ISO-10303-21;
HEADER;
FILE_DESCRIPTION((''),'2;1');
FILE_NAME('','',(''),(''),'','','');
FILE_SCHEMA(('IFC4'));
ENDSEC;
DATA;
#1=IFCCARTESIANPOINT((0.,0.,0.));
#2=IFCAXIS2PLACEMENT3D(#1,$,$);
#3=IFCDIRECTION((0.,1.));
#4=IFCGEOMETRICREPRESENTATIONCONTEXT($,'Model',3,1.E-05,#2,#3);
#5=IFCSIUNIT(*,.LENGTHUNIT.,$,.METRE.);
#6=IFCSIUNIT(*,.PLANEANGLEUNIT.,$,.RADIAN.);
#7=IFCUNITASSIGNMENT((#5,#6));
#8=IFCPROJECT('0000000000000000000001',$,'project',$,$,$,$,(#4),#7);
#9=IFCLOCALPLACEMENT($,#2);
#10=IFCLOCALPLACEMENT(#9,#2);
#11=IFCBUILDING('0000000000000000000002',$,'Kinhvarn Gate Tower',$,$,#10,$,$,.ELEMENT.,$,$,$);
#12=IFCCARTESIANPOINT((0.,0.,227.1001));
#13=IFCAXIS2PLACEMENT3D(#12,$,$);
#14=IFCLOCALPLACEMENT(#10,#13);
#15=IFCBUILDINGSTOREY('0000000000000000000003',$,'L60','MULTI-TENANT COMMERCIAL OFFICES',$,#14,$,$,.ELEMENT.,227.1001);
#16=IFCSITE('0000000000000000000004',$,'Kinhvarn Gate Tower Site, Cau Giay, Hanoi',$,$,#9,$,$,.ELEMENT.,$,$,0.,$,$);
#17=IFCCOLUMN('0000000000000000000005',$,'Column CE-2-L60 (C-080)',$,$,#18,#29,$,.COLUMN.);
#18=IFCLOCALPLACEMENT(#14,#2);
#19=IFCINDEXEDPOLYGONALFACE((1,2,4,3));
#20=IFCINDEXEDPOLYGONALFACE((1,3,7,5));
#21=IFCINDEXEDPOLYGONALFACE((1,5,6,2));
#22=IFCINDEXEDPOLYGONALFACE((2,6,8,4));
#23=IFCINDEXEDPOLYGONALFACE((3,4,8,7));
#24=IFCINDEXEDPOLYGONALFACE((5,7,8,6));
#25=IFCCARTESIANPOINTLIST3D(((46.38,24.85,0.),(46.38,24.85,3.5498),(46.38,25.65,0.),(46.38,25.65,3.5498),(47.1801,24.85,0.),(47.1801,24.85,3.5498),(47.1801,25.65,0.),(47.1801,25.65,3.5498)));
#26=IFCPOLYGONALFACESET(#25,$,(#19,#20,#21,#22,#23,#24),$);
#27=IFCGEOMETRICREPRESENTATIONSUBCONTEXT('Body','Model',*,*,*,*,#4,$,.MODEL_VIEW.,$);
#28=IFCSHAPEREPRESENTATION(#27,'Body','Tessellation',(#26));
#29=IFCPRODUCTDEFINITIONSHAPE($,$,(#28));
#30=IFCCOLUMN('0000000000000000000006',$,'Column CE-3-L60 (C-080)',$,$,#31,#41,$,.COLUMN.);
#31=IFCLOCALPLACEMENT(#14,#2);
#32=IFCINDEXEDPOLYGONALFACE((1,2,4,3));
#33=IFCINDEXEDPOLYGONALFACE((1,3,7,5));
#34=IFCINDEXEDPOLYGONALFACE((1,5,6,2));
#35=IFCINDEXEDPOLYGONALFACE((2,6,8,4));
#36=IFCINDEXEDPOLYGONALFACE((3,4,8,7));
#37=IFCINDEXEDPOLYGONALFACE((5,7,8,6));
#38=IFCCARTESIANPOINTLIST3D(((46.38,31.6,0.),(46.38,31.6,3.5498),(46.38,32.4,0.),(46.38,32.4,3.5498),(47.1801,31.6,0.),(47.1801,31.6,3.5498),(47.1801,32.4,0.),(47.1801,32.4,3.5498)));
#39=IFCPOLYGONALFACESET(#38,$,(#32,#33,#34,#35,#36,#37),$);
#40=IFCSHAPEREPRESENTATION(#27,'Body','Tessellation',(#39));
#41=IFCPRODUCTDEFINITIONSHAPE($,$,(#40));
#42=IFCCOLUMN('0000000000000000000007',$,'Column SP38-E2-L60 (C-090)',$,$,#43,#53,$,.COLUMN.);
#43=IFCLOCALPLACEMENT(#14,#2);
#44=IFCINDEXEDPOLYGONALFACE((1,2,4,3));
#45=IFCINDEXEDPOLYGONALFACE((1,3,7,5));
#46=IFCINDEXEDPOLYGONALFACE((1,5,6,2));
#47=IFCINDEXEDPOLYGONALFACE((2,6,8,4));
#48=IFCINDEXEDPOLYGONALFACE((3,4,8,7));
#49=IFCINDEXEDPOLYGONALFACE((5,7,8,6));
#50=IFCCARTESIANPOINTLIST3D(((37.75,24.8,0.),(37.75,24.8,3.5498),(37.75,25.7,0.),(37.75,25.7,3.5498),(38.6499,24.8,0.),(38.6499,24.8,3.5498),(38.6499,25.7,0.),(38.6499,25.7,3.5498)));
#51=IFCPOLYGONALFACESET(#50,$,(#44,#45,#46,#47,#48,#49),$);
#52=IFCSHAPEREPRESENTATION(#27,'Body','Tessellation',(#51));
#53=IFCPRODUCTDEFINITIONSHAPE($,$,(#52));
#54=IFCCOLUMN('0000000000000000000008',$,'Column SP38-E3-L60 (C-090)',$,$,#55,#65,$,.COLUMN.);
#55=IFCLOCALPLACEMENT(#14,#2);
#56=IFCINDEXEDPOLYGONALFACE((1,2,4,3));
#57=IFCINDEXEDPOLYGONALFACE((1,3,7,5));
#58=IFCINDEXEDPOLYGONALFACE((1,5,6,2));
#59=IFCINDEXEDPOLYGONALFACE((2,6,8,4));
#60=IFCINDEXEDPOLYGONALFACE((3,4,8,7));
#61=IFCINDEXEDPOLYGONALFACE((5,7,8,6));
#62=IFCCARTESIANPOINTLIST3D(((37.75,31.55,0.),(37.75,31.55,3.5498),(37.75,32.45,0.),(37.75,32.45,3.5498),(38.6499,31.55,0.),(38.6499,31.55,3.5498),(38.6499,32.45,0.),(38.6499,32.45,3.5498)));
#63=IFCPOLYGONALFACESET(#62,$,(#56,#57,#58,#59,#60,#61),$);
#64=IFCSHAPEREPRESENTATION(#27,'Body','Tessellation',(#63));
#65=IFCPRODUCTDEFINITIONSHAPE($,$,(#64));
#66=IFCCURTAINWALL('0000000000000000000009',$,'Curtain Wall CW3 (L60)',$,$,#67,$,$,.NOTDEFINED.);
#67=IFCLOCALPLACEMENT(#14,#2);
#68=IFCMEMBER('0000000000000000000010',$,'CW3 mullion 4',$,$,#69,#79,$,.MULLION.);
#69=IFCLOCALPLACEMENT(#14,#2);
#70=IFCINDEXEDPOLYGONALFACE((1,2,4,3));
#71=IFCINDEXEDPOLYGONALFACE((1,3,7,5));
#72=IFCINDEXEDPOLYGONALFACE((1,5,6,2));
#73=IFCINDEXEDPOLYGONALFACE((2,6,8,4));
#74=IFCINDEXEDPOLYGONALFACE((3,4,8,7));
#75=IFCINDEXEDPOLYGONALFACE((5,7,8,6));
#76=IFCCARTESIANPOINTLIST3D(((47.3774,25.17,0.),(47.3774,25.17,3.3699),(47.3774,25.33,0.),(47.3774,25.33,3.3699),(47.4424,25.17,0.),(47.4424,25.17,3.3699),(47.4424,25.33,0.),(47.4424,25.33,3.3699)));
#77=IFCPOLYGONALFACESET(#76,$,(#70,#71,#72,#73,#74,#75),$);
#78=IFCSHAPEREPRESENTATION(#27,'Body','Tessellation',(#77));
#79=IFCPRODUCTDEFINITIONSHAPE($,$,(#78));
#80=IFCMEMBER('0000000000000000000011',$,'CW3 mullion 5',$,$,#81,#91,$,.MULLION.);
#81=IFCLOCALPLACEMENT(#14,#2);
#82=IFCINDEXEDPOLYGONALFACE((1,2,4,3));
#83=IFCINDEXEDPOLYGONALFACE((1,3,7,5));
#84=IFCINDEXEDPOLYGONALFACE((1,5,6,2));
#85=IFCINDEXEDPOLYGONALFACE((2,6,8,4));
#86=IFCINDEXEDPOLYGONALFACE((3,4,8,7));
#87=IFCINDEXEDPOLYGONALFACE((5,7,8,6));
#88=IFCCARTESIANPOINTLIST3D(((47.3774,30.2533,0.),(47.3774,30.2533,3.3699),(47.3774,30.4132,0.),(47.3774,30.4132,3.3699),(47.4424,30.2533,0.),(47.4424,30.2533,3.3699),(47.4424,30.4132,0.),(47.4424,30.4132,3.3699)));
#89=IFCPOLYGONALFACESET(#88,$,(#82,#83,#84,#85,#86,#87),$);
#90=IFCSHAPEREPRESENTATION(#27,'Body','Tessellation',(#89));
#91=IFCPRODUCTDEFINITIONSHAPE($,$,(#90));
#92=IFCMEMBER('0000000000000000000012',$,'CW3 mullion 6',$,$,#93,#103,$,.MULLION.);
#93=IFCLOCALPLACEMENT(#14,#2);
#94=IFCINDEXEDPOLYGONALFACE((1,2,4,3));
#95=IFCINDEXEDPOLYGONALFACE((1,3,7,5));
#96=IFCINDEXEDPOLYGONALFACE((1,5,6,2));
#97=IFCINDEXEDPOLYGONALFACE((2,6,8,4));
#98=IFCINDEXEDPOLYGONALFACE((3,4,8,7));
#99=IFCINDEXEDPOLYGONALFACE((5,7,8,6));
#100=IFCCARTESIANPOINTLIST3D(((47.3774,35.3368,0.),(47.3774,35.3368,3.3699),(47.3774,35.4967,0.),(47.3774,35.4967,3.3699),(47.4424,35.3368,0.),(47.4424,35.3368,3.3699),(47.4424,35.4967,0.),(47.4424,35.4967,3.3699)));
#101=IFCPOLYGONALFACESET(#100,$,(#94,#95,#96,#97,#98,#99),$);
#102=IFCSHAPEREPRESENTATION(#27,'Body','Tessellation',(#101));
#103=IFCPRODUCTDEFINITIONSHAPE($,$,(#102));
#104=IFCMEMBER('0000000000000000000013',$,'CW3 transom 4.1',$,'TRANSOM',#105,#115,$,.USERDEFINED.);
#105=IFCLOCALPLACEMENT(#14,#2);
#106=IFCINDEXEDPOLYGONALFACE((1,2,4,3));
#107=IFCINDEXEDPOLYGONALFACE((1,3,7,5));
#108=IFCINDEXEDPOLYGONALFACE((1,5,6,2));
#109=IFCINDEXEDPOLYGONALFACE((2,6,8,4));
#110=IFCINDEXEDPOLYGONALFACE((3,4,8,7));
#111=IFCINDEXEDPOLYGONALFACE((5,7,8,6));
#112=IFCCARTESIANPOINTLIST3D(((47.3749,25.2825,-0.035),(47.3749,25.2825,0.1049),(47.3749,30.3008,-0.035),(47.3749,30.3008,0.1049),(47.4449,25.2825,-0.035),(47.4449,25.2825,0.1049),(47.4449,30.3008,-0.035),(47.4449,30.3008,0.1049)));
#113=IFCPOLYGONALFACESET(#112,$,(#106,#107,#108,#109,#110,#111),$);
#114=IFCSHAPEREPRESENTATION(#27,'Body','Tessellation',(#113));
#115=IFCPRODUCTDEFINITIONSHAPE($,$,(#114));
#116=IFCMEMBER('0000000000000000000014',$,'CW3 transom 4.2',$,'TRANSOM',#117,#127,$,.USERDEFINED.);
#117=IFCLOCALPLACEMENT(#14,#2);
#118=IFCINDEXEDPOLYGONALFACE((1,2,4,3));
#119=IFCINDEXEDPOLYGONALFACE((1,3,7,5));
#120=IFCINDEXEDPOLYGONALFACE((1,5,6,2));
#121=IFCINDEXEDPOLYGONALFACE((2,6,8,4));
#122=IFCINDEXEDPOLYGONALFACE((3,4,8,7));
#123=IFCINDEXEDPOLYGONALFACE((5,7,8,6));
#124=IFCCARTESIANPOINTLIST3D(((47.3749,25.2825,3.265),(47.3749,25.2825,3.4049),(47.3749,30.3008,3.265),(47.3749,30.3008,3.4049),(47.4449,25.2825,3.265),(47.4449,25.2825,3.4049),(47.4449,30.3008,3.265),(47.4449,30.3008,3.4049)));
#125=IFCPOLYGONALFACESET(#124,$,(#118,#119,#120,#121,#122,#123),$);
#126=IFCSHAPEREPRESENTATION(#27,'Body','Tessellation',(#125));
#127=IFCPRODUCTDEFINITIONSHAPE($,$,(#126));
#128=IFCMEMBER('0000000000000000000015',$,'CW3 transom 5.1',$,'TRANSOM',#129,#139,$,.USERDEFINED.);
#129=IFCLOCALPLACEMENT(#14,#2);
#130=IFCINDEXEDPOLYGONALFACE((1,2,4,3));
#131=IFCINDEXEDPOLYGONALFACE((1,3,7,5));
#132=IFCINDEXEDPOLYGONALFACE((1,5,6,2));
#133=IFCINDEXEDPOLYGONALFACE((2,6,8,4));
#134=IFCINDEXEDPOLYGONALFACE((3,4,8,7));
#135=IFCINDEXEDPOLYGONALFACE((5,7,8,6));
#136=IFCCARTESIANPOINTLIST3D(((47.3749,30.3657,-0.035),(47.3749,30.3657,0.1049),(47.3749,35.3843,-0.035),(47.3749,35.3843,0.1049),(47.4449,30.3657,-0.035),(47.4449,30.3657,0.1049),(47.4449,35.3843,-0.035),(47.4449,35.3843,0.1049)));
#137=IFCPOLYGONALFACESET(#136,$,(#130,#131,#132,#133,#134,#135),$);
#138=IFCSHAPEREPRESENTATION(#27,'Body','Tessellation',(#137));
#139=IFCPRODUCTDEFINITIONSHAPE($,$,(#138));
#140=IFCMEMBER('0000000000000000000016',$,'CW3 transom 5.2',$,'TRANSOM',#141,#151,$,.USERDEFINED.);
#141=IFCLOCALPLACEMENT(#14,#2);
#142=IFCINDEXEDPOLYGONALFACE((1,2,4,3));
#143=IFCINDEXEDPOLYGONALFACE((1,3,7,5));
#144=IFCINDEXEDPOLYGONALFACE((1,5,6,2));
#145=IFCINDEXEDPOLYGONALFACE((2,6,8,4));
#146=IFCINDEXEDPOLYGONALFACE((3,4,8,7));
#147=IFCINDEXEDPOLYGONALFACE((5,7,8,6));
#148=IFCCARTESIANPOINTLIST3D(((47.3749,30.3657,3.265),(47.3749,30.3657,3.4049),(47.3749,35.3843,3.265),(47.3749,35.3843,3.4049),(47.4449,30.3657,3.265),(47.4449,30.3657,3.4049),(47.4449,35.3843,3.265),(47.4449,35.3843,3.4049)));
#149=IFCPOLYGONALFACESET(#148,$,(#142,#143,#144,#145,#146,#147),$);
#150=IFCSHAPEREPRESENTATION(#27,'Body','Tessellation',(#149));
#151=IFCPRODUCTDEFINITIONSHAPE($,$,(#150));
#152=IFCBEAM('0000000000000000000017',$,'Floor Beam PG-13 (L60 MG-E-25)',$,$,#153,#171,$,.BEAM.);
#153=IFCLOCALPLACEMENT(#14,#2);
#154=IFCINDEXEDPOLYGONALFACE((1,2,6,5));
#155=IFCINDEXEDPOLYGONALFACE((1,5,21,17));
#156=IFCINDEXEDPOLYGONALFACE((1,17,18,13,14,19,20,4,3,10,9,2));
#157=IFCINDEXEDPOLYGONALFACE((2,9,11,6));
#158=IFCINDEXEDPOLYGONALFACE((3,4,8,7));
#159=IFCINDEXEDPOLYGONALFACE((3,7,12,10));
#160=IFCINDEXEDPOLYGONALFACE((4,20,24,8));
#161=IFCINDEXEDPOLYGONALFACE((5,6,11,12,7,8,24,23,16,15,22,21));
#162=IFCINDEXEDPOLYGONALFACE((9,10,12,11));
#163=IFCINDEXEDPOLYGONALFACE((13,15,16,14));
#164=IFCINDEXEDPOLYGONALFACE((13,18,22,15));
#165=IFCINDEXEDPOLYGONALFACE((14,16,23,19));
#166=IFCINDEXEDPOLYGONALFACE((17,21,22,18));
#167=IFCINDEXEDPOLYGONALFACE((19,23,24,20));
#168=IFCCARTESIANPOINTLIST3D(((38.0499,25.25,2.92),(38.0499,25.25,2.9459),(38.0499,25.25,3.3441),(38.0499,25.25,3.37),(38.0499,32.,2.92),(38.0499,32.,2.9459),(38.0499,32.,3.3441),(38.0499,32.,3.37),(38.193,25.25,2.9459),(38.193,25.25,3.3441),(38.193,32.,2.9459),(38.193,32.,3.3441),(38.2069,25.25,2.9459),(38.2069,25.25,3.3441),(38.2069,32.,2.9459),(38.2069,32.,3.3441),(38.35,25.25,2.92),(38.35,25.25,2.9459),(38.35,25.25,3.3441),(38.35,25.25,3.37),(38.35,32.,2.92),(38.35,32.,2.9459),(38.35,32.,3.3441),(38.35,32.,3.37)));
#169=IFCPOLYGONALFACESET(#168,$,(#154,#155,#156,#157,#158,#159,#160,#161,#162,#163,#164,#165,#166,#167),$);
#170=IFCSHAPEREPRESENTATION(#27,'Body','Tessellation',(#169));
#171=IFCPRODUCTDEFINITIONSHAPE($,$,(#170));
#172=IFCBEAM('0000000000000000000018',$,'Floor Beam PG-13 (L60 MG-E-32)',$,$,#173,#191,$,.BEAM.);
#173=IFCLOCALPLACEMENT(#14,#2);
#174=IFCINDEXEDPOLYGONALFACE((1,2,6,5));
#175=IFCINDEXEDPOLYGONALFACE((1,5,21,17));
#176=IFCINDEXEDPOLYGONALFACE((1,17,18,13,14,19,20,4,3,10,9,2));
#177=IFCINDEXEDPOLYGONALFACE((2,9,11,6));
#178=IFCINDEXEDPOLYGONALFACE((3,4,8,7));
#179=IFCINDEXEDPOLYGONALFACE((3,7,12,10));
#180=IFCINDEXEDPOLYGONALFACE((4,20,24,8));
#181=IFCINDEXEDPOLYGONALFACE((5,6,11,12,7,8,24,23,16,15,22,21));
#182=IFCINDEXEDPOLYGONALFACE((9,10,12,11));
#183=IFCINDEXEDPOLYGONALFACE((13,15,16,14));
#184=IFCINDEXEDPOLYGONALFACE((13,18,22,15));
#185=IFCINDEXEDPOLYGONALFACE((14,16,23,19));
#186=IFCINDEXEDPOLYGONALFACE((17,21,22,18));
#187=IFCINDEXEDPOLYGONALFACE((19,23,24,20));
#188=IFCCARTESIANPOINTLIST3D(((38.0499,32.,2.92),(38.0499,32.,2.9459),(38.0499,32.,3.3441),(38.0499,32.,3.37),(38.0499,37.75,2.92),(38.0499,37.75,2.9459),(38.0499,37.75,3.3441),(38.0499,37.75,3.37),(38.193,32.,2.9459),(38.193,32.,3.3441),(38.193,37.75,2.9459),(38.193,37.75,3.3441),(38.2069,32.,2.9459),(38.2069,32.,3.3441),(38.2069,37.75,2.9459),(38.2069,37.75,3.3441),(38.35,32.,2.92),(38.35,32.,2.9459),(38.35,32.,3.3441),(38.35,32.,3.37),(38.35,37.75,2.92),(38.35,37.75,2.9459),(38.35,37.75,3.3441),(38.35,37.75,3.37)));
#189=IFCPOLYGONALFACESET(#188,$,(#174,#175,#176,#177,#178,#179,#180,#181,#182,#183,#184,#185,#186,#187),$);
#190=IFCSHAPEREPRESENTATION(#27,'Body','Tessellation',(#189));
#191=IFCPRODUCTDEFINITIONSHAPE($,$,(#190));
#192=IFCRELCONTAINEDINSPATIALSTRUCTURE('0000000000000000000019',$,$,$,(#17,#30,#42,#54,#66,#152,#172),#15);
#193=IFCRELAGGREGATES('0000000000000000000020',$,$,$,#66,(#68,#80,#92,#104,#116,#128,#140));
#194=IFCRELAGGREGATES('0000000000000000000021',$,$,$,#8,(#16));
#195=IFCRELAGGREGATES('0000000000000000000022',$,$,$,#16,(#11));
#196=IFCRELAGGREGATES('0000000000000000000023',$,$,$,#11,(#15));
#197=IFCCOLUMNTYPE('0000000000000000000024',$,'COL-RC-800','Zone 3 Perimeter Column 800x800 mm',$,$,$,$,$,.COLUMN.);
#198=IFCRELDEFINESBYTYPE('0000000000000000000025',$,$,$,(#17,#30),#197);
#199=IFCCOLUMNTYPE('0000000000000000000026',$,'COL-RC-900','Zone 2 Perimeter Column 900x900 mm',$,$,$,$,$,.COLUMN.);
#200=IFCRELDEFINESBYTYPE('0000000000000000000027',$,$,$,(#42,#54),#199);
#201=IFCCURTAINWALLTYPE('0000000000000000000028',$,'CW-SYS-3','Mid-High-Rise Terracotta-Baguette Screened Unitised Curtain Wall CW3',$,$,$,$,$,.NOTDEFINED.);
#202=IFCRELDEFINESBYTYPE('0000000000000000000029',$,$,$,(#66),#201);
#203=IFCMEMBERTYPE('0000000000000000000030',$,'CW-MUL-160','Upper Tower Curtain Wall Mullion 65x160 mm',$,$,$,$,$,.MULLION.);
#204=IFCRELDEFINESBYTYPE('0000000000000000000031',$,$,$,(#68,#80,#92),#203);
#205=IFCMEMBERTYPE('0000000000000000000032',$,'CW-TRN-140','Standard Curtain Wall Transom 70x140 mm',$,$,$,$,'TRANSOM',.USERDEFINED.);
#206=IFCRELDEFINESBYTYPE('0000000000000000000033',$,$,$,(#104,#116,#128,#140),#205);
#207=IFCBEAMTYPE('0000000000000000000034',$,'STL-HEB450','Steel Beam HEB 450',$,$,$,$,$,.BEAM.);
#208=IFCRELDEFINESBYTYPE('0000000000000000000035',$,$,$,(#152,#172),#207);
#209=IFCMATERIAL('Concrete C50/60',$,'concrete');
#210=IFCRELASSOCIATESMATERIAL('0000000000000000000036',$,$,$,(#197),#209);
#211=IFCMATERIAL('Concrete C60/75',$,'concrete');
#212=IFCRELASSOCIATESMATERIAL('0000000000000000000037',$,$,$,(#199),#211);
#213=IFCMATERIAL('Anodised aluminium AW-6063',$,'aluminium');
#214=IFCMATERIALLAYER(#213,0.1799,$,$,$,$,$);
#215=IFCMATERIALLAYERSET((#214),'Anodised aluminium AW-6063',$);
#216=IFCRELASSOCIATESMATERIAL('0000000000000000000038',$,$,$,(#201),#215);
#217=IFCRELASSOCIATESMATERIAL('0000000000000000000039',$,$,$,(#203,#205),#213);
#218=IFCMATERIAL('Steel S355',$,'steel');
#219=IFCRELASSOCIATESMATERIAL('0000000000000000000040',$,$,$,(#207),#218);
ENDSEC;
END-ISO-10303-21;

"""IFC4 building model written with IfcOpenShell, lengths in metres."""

from ifc_helpers import new_model, si_unit, direction, frame, origin, origin_2d, place, context, subcontext, project, spatial, rectangle, i_section, extrude, material, layer, layer_set, material_profile, profile_set, type_object, element, aggregate, save


model = new_model("IFC4")

# Units and contexts
model_context = context("Model", 3, precision=1e-05, world=origin(), true_north=direction((0.0, 1.0)))
body_context = subcontext(model_context, "Body", "Model", "MODEL_VIEW")
ifc_project = project(units=[si_unit("LENGTHUNIT", "METRE"), si_unit("PLANEANGLEUNIT", "RADIAN")], contexts=[model_context])

# Site, building, storey
site_placement = place(None, origin())
site = spatial("IfcSite", under=ifc_project, at=site_placement, Name="Kinhvarn Gate Tower Site, Cau Giay, Hanoi", CompositionType="ELEMENT", RefElevation=0.0)
building_placement = place(site_placement, origin())
building = spatial("IfcBuilding", under=site, at=building_placement, Name="Kinhvarn Gate Tower", CompositionType="ELEMENT")
storey_placement = place(building_placement, frame((0.0, 0.0, 227.1001)))
storey = spatial("IfcBuildingStorey", under=building, at=storey_placement, Name="L60", Description="MULTI-TENANT COMMERCIAL OFFICES", CompositionType="ELEMENT", Elevation=227.1001)

# Columns
ifc_material_1 = material(Name="Concrete C50/60", Category="concrete")
ifc_material_profile_1 = material_profile(ifc_material_1, rectangle(XDim=0.8, YDim=0.8, at=origin_2d()), Name="RC 800x800")
ifc_profile_set_1 = profile_set([ifc_material_profile_1], Name="Concrete C50/60")
column_type_1 = type_object("IfcColumnType", Name="COL-RC-800", Description="Zone 3 Perimeter Column 800x800 mm", PredefinedType="COLUMN", material=ifc_profile_set_1)
for number, where, z_axis, x_axis, name in (
    (1, (46.78, 25.25, 0.0), (0.0, 0.0, 1.0), (1.0, 0.0, 0.0), "Column CE-2-L60 (C-080)"),
    (2, (46.78, 32.0, 0.0), (0.0, 0.0, 1.0), (1.0, 0.0, 0.0), "Column CE-3-L60 (C-080)"),
):
    element("IfcColumn", number, at=place(storey_placement, frame(where, z_axis=z_axis, x_axis=x_axis)), inside=storey, type_object=column_type_1, Name=name, PredefinedType="COLUMN", context=body_context, shape_type="SweptSolid", body=[
        extrude(rectangle(XDim=0.8, YDim=0.8, at=origin_2d()), origin(), (0.0, 0.0, 1.0), 3.5498),
    ])
ifc_material_2 = material(Name="Concrete C60/75", Category="concrete")
ifc_material_profile_2 = material_profile(ifc_material_2, rectangle(XDim=0.8999, YDim=0.8999, at=origin_2d()), Name="RC 900x900")
ifc_profile_set_2 = profile_set([ifc_material_profile_2], Name="Concrete C60/75")
column_type_2 = type_object("IfcColumnType", Name="COL-RC-900", Description="Zone 2 Perimeter Column 900x900 mm", PredefinedType="COLUMN", material=ifc_profile_set_2)
for number, where, z_axis, x_axis, name in (
    (3, (38.2, 25.25, 0.0), (0.0, 0.0, 1.0), (1.0, 0.0, 0.0), "Column SP38-E2-L60 (C-090)"),
    (4, (38.2, 32.0, 0.0), (0.0, 0.0, 1.0), (1.0, 0.0, 0.0), "Column SP38-E3-L60 (C-090)"),
):
    element("IfcColumn", number, at=place(storey_placement, frame(where, z_axis=z_axis, x_axis=x_axis)), inside=storey, type_object=column_type_2, Name=name, PredefinedType="COLUMN", context=body_context, shape_type="SweptSolid", body=[
        extrude(rectangle(XDim=0.8999, YDim=0.8999, at=origin_2d()), origin(), (0.0, 0.0, 1.0), 3.5498),
    ])

# Curtain wall, members
ifc_material_3 = material(Name="Anodised aluminium AW-6063", Category="aluminium")
ifc_layer_1 = layer(ifc_material_3, 0.1799)
ifc_layer_set_1 = layer_set([ifc_layer_1], Name="Anodised aluminium AW-6063")
curtain_wall_type = type_object("IfcCurtainWallType", Name="CW-SYS-3", Description="Mid-High-Rise Terracotta-Baguette Screened Unitised Curtain Wall CW3", PredefinedType="NOTDEFINED", material=ifc_layer_set_1)
curtain_wall_placement = place(storey_placement, origin())
curtain_wall = element("IfcCurtainWall", 5, at=curtain_wall_placement, inside=storey, type_object=curtain_wall_type, Name="Curtain Wall CW3 (L60)", PredefinedType="NOTDEFINED")
ifc_material_profile_3 = material_profile(ifc_material_3, rectangle(XDim=0.0649, YDim=0.1599, at=origin_2d()), Name="ALU 65x160")
ifc_profile_set_3 = profile_set([ifc_material_profile_3], Name="Anodised aluminium AW-6063")
member_type_1 = type_object("IfcMemberType", Name="CW-MUL-160", Description="Upper Tower Curtain Wall Mullion 65x160 mm", PredefinedType="MULLION", material=ifc_profile_set_3)
member_1_placement = place(storey_placement, frame((47.4099, 25.25, 0.0), z_axis=(0.0, 0.0, 1.0), x_axis=(-1.0, 0.0, 0.0)))
member_1 = element("IfcMember", 6, at=member_1_placement, type_object=member_type_1, Name="CW3 mullion 4", PredefinedType="MULLION", context=body_context, shape_type="SweptSolid", body=[
    extrude(rectangle(XDim=0.0649, YDim=0.1599, at=origin_2d()), origin(), (0.0, 0.0, 1.0), 3.3699),
])
member_2_placement = place(storey_placement, frame((47.4099, 30.3333, 0.0), z_axis=(0.0, 0.0, 1.0), x_axis=(-1.0, 0.0, 0.0)))
member_2 = element("IfcMember", 7, at=member_2_placement, type_object=member_type_1, Name="CW3 mullion 5", PredefinedType="MULLION", context=body_context, shape_type="SweptSolid", body=[
    extrude(rectangle(XDim=0.0649, YDim=0.1599, at=origin_2d()), origin(), (0.0, 0.0, 1.0), 3.3699),
])
member_3_placement = place(storey_placement, frame((47.4099, 35.4167, 0.0), z_axis=(0.0, 0.0, 1.0), x_axis=(-1.0, 0.0, 0.0)))
member_3 = element("IfcMember", 8, at=member_3_placement, type_object=member_type_1, Name="CW3 mullion 6", PredefinedType="MULLION", context=body_context, shape_type="SweptSolid", body=[
    extrude(rectangle(XDim=0.0649, YDim=0.1599, at=origin_2d()), origin(), (0.0, 0.0, 1.0), 3.3699),
])
ifc_material_profile_4 = material_profile(ifc_material_3, rectangle(XDim=0.0701, YDim=0.1399, at=origin_2d()), Name="ALU 70x140")
ifc_profile_set_4 = profile_set([ifc_material_profile_4], Name="Anodised aluminium AW-6063")
member_type_2 = type_object("IfcMemberType", Name="CW-TRN-140", Description="Standard Curtain Wall Transom 70x140 mm", ElementType="TRANSOM", PredefinedType="USERDEFINED", material=ifc_profile_set_4)
member_4_placement = place(storey_placement, frame((47.4099, 25.2825, 0.0349), z_axis=(0.0, 1.0, 0.0), x_axis=(-1.0, 0.0, 0.0)))
member_4 = element("IfcMember", 9, at=member_4_placement, type_object=member_type_2, Name="CW3 transom 4.1", ObjectType="TRANSOM", PredefinedType="USERDEFINED", context=body_context, shape_type="SweptSolid", body=[
    extrude(rectangle(XDim=0.0701, YDim=0.1399, at=origin_2d()), origin(), (0.0, 0.0, 1.0), 5.0183),
])
member_5_placement = place(storey_placement, frame((47.4099, 25.2825, 3.335), z_axis=(0.0, 1.0, 0.0), x_axis=(-1.0, 0.0, 0.0)))
member_5 = element("IfcMember", 10, at=member_5_placement, type_object=member_type_2, Name="CW3 transom 4.2", ObjectType="TRANSOM", PredefinedType="USERDEFINED", context=body_context, shape_type="SweptSolid", body=[
    extrude(rectangle(XDim=0.0701, YDim=0.1399, at=origin_2d()), origin(), (0.0, 0.0, 1.0), 5.0183),
])
member_6_placement = place(storey_placement, frame((47.4099, 30.3657, 0.0349), z_axis=(0.0, 1.0, 0.0), x_axis=(-1.0, 0.0, 0.0)))
member_6 = element("IfcMember", 11, at=member_6_placement, type_object=member_type_2, Name="CW3 transom 5.1", ObjectType="TRANSOM", PredefinedType="USERDEFINED", context=body_context, shape_type="SweptSolid", body=[
    extrude(rectangle(XDim=0.0701, YDim=0.1399, at=origin_2d()), origin(), (0.0, 0.0, 1.0), 5.0186),
])
member_7_placement = place(storey_placement, frame((47.4099, 30.3657, 3.335), z_axis=(0.0, 1.0, 0.0), x_axis=(-1.0, 0.0, 0.0)))
member_7 = element("IfcMember", 12, at=member_7_placement, type_object=member_type_2, Name="CW3 transom 5.2", ObjectType="TRANSOM", PredefinedType="USERDEFINED", context=body_context, shape_type="SweptSolid", body=[
    extrude(rectangle(XDim=0.0701, YDim=0.1399, at=origin_2d()), origin(), (0.0, 0.0, 1.0), 5.0186),
])

# Beams
ifc_material_4 = material(Name="Steel S355", Category="steel")
ifc_material_profile_5 = material_profile(ifc_material_4, i_section(OverallWidth=0.3, OverallDepth=0.45, WebThickness=0.0139, FlangeThickness=0.0259, at=origin_2d()), Name="HEB 450")
ifc_profile_set_5 = profile_set([ifc_material_profile_5], Name="Steel S355")
beam_type_1 = type_object("IfcBeamType", Name="STL-HEB450", Description="Steel Beam HEB 450", PredefinedType="BEAM", material=ifc_profile_set_5)
beam_1_placement = place(storey_placement, frame((38.2, 25.25, 3.145), z_axis=(0.0, 1.0, 0.0), x_axis=(-1.0, 0.0, 0.0)))
element("IfcBeam", 13, at=beam_1_placement, inside=storey, type_object=beam_type_1, Name="Floor Beam PG-13 (L60 MG-E-25)", PredefinedType="BEAM", context=body_context, shape_type="SweptSolid", body=[
    extrude(i_section(OverallWidth=0.3, OverallDepth=0.45, WebThickness=0.0139, FlangeThickness=0.0259, at=origin_2d()), origin(), (0.0, 0.0, 1.0), 6.75),
])
beam_2_placement = place(storey_placement, frame((38.2, 32.0, 3.145), z_axis=(0.0, 1.0, 0.0), x_axis=(-1.0, 0.0, 0.0)))
element("IfcBeam", 14, at=beam_2_placement, inside=storey, type_object=beam_type_1, Name="Floor Beam PG-13 (L60 MG-E-32)", PredefinedType="BEAM", context=body_context, shape_type="SweptSolid", body=[
    extrude(i_section(OverallWidth=0.3, OverallDepth=0.45, WebThickness=0.0139, FlangeThickness=0.0259, at=origin_2d()), origin(), (0.0, 0.0, 1.0), 5.75),
])

aggregate(curtain_wall, [member_1, member_2, member_3, member_4, member_5, member_6, member_7])

save(model, "model.ifc")
